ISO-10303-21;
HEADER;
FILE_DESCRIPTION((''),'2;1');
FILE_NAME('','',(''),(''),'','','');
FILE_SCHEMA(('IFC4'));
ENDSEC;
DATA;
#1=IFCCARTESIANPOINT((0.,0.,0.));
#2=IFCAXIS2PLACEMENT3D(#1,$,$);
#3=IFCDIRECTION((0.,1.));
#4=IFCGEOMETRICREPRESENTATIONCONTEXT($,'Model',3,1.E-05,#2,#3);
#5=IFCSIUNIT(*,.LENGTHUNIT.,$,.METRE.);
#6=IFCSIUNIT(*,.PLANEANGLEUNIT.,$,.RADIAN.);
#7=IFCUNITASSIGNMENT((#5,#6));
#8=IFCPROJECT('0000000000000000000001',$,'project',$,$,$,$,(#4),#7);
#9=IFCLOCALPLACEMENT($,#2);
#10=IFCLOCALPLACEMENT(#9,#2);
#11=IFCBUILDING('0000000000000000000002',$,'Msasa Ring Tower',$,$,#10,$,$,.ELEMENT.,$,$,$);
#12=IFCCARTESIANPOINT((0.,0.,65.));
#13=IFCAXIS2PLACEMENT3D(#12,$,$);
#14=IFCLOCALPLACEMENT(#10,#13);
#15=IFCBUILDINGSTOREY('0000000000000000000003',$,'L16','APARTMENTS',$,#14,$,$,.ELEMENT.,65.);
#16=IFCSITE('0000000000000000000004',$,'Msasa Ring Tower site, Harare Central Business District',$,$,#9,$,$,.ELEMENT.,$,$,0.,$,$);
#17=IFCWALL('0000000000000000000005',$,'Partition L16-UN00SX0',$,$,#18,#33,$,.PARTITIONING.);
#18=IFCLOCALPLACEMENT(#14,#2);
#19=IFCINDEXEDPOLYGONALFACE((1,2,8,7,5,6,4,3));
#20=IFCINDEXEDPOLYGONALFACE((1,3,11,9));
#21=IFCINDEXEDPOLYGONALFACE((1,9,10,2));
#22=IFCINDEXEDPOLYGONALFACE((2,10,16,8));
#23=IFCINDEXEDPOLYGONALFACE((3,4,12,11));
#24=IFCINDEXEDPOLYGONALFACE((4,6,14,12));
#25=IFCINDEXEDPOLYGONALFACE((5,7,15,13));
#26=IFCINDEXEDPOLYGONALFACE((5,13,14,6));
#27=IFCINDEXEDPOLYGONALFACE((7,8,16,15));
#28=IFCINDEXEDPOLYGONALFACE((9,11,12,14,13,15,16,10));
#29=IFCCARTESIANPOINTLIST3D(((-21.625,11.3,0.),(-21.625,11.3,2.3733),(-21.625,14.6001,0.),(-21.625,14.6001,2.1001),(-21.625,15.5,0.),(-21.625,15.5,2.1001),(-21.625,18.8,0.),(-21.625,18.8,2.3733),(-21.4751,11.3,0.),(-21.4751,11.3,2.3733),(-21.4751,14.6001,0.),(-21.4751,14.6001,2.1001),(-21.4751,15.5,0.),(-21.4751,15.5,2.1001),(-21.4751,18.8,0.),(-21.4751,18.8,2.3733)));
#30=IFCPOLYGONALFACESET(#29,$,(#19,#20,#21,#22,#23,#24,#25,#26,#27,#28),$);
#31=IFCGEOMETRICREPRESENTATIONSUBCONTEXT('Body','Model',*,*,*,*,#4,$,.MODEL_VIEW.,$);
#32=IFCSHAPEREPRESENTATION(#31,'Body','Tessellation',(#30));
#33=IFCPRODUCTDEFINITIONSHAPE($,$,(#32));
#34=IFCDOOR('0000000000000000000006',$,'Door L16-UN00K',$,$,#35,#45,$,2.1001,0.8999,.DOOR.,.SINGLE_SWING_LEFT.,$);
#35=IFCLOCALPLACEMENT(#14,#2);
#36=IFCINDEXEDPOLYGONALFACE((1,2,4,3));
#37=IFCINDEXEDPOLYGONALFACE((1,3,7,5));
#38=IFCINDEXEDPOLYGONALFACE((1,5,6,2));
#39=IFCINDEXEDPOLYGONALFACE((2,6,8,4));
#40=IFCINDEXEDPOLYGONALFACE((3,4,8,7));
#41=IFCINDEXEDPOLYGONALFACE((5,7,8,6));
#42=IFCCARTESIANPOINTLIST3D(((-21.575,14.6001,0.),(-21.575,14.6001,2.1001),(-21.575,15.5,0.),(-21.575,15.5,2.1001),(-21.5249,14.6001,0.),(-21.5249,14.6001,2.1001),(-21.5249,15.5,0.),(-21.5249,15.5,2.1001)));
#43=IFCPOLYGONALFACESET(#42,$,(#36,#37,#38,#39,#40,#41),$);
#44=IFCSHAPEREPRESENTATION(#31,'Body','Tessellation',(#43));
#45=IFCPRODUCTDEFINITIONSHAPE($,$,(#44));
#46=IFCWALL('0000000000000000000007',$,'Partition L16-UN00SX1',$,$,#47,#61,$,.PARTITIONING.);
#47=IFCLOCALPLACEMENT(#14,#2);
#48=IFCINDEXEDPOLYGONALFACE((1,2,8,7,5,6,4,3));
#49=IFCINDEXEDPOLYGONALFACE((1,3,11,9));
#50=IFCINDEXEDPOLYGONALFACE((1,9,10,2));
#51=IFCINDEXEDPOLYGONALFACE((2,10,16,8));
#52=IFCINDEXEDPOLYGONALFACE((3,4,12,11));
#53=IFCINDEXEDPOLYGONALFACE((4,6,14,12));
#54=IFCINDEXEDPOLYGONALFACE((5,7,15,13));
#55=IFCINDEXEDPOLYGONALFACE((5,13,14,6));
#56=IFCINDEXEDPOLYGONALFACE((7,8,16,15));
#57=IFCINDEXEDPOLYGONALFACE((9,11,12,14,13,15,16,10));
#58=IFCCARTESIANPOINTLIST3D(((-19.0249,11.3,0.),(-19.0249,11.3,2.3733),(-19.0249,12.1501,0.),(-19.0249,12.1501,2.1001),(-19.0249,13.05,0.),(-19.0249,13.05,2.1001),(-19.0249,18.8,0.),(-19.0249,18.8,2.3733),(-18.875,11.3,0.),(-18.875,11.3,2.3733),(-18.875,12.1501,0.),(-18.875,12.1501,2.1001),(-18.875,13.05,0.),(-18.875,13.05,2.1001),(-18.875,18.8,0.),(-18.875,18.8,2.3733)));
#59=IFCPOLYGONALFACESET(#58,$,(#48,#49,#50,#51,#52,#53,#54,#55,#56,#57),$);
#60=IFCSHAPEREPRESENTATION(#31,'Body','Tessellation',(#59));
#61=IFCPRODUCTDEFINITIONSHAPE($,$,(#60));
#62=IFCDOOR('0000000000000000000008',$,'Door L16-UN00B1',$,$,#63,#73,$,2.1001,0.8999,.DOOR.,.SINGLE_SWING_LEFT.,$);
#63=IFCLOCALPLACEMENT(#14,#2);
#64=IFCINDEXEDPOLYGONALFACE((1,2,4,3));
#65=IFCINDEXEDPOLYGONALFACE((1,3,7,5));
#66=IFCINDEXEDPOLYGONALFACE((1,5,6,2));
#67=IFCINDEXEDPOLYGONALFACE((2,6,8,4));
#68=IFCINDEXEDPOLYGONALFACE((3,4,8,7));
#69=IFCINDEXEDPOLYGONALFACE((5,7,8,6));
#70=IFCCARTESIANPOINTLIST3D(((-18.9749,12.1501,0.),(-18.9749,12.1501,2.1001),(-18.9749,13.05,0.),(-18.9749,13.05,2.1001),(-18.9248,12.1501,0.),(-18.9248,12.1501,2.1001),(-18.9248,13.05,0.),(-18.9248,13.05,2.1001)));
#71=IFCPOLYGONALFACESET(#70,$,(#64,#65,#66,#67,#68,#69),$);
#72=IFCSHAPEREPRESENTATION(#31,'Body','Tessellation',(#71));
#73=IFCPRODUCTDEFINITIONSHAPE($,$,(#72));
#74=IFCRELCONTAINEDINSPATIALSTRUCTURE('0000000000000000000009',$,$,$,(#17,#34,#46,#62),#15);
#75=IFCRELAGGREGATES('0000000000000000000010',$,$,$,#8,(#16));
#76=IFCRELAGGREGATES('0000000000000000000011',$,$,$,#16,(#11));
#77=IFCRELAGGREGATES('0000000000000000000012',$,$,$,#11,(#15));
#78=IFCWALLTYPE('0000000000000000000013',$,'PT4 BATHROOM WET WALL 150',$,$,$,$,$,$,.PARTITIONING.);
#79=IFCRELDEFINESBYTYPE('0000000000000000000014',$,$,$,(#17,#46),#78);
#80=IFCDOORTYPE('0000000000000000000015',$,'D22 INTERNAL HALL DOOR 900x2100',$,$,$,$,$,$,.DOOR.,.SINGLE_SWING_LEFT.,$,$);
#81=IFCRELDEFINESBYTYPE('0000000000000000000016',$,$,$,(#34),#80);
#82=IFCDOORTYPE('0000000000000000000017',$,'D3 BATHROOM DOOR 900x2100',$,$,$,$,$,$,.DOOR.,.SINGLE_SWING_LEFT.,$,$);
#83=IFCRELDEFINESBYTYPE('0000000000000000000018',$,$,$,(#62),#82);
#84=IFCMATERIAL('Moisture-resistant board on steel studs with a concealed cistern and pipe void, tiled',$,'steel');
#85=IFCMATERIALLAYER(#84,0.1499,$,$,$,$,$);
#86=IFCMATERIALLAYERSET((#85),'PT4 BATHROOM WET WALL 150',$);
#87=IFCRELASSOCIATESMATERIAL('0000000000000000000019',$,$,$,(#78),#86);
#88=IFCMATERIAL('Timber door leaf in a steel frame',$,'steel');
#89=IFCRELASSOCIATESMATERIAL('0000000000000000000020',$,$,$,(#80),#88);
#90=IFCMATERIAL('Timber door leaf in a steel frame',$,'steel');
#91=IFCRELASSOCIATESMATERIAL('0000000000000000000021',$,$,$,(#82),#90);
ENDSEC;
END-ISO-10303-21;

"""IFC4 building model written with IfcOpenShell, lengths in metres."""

from ifc_helpers import new_model, si_unit, direction, frame, frame_2d, origin, place, context, subcontext, project, spatial, rectangle, extrude, material, layer, layer_set, type_object, element, fill, save


model = new_model("IFC4")

# Units and contexts
model_context = context("Model", 3, precision=1e-05, world=origin(), true_north=direction((0.0, 1.0)))
body_context = subcontext(model_context, "Body", "Model", "MODEL_VIEW")
ifc_project = project(units=[si_unit("LENGTHUNIT", "METRE"), si_unit("PLANEANGLEUNIT", "RADIAN")], contexts=[model_context])

# Site, building, storey
site_placement = place(None, origin())
site = spatial("IfcSite", under=ifc_project, at=site_placement, Name="Msasa Ring Tower site, Harare Central Business District", CompositionType="ELEMENT", RefElevation=0.0)
building_placement = place(site_placement, origin())
building = spatial("IfcBuilding", under=site, at=building_placement, Name="Msasa Ring Tower", CompositionType="ELEMENT")
storey_placement = place(building_placement, frame((0.0, 0.0, 65.0)))
storey = spatial("IfcBuildingStorey", under=building, at=storey_placement, Name="L16", Description="APARTMENTS", CompositionType="ELEMENT", Elevation=65.0)

# Walls, openings, doors
ifc_material_1 = material(Name="Moisture-resistant board on steel studs with a concealed cistern and pipe void, tiled", Category="steel")
ifc_layer_1 = layer(ifc_material_1, 0.1499)
ifc_layer_set_1 = layer_set([ifc_layer_1], Name="PT4 BATHROOM WET WALL 150")
wall_type_1 = type_object("IfcWallType", Name="PT4 BATHROOM WET WALL 150", PredefinedType="PARTITIONING", material=ifc_layer_set_1)
wall_1_placement = place(storey_placement, frame((-21.55, 11.3, 0.0), z_axis=(0.0, 0.0, 1.0), x_axis=(0.0, 1.0, 0.0)))
wall_1 = element("IfcWall", 1, at=wall_1_placement, inside=storey, type_object=wall_type_1, Name="Partition L16-UN00SX0", PredefinedType="PARTITIONING", context=body_context, shape_type="SweptSolid", body=[
    extrude(rectangle(XDim=7.5, YDim=0.1499, at=frame_2d((3.75, 0.0))), origin(), (0.0, 0.0, 1.0), 2.3733),
])
opening_1_placement = place(wall_1_placement, frame((3.3, 0.0, 0.0)))
opening_1 = element("IfcOpeningElement", 2, at=opening_1_placement, cuts=wall_1, PredefinedType="OPENING", context=body_context, shape_type="SweptSolid", body=[
    extrude(rectangle(XDim=0.8999, YDim=2.1001, at=frame_2d((0.45, 1.05))), frame((0.0, 0.085, 0.0), z_axis=(0.0, -1.0, 0.0), x_axis=(1.0, 0.0, 0.0)), (0.0, 0.0, 1.0), 0.1699),
])
ifc_material_2 = material(Name="Timber door leaf in a steel frame", Category="steel")
door_type_1 = type_object("IfcDoorType", Name="D22 INTERNAL HALL DOOR 900x2100", OperationType="SINGLE_SWING_LEFT", PredefinedType="DOOR", material=ifc_material_2)
door_1_placement = place(opening_1_placement, origin())
door_1 = element("IfcDoor", 3, at=door_1_placement, inside=storey, type_object=door_type_1, Name="Door L16-UN00K", OperationType="SINGLE_SWING_LEFT", OverallHeight=2.1001, OverallWidth=0.8999, PredefinedType="DOOR", context=body_context, shape_type="SweptSolid", body=[
    extrude(rectangle(XDim=0.8999, YDim=2.1001, at=frame_2d((0.45, 1.05))), frame((0.0, 0.0249, 0.0), z_axis=(0.0, -1.0, 0.0), x_axis=(1.0, 0.0, 0.0)), (0.0, 0.0, 1.0), 0.05),
])
fill(opening_1, door_1)
wall_2_placement = place(storey_placement, frame((-18.95, 11.3, 0.0), z_axis=(0.0, 0.0, 1.0), x_axis=(0.0, 1.0, 0.0)))
wall_2 = element("IfcWall", 4, at=wall_2_placement, inside=storey, type_object=wall_type_1, Name="Partition L16-UN00SX1", PredefinedType="PARTITIONING", context=body_context, shape_type="SweptSolid", body=[
    extrude(rectangle(XDim=7.5, YDim=0.1499, at=frame_2d((3.75, 0.0))), origin(), (0.0, 0.0, 1.0), 2.3733),
])
opening_2_placement = place(wall_2_placement, frame((0.8501, 0.0, 0.0)))
opening_2 = element("IfcOpeningElement", 5, at=opening_2_placement, cuts=wall_2, PredefinedType="OPENING", context=body_context, shape_type="SweptSolid", body=[
    extrude(rectangle(XDim=0.8999, YDim=2.1001, at=frame_2d((0.45, 1.05))), frame((0.0, 0.085, 0.0), z_axis=(0.0, -1.0, 0.0), x_axis=(1.0, 0.0, 0.0)), (0.0, 0.0, 1.0), 0.1699),
])
ifc_material_3 = material(Name="Timber door leaf in a steel frame", Category="steel")
door_type_2 = type_object("IfcDoorType", Name="D3 BATHROOM DOOR 900x2100", OperationType="SINGLE_SWING_LEFT", PredefinedType="DOOR", material=ifc_material_3)
door_2_placement = place(opening_2_placement, origin())
door_2 = element("IfcDoor", 6, at=door_2_placement, inside=storey, type_object=door_type_2, Name="Door L16-UN00B1", OperationType="SINGLE_SWING_LEFT", OverallHeight=2.1001, OverallWidth=0.8999, PredefinedType="DOOR", context=body_context, shape_type="SweptSolid", body=[
    extrude(rectangle(XDim=0.8999, YDim=2.1001, at=frame_2d((0.45, 1.05))), frame((0.0, 0.0249, 0.0), z_axis=(0.0, -1.0, 0.0), x_axis=(1.0, 0.0, 0.0)), (0.0, 0.0, 1.0), 0.05),
])
fill(opening_2, door_2)

save(model, "model.ifc")
